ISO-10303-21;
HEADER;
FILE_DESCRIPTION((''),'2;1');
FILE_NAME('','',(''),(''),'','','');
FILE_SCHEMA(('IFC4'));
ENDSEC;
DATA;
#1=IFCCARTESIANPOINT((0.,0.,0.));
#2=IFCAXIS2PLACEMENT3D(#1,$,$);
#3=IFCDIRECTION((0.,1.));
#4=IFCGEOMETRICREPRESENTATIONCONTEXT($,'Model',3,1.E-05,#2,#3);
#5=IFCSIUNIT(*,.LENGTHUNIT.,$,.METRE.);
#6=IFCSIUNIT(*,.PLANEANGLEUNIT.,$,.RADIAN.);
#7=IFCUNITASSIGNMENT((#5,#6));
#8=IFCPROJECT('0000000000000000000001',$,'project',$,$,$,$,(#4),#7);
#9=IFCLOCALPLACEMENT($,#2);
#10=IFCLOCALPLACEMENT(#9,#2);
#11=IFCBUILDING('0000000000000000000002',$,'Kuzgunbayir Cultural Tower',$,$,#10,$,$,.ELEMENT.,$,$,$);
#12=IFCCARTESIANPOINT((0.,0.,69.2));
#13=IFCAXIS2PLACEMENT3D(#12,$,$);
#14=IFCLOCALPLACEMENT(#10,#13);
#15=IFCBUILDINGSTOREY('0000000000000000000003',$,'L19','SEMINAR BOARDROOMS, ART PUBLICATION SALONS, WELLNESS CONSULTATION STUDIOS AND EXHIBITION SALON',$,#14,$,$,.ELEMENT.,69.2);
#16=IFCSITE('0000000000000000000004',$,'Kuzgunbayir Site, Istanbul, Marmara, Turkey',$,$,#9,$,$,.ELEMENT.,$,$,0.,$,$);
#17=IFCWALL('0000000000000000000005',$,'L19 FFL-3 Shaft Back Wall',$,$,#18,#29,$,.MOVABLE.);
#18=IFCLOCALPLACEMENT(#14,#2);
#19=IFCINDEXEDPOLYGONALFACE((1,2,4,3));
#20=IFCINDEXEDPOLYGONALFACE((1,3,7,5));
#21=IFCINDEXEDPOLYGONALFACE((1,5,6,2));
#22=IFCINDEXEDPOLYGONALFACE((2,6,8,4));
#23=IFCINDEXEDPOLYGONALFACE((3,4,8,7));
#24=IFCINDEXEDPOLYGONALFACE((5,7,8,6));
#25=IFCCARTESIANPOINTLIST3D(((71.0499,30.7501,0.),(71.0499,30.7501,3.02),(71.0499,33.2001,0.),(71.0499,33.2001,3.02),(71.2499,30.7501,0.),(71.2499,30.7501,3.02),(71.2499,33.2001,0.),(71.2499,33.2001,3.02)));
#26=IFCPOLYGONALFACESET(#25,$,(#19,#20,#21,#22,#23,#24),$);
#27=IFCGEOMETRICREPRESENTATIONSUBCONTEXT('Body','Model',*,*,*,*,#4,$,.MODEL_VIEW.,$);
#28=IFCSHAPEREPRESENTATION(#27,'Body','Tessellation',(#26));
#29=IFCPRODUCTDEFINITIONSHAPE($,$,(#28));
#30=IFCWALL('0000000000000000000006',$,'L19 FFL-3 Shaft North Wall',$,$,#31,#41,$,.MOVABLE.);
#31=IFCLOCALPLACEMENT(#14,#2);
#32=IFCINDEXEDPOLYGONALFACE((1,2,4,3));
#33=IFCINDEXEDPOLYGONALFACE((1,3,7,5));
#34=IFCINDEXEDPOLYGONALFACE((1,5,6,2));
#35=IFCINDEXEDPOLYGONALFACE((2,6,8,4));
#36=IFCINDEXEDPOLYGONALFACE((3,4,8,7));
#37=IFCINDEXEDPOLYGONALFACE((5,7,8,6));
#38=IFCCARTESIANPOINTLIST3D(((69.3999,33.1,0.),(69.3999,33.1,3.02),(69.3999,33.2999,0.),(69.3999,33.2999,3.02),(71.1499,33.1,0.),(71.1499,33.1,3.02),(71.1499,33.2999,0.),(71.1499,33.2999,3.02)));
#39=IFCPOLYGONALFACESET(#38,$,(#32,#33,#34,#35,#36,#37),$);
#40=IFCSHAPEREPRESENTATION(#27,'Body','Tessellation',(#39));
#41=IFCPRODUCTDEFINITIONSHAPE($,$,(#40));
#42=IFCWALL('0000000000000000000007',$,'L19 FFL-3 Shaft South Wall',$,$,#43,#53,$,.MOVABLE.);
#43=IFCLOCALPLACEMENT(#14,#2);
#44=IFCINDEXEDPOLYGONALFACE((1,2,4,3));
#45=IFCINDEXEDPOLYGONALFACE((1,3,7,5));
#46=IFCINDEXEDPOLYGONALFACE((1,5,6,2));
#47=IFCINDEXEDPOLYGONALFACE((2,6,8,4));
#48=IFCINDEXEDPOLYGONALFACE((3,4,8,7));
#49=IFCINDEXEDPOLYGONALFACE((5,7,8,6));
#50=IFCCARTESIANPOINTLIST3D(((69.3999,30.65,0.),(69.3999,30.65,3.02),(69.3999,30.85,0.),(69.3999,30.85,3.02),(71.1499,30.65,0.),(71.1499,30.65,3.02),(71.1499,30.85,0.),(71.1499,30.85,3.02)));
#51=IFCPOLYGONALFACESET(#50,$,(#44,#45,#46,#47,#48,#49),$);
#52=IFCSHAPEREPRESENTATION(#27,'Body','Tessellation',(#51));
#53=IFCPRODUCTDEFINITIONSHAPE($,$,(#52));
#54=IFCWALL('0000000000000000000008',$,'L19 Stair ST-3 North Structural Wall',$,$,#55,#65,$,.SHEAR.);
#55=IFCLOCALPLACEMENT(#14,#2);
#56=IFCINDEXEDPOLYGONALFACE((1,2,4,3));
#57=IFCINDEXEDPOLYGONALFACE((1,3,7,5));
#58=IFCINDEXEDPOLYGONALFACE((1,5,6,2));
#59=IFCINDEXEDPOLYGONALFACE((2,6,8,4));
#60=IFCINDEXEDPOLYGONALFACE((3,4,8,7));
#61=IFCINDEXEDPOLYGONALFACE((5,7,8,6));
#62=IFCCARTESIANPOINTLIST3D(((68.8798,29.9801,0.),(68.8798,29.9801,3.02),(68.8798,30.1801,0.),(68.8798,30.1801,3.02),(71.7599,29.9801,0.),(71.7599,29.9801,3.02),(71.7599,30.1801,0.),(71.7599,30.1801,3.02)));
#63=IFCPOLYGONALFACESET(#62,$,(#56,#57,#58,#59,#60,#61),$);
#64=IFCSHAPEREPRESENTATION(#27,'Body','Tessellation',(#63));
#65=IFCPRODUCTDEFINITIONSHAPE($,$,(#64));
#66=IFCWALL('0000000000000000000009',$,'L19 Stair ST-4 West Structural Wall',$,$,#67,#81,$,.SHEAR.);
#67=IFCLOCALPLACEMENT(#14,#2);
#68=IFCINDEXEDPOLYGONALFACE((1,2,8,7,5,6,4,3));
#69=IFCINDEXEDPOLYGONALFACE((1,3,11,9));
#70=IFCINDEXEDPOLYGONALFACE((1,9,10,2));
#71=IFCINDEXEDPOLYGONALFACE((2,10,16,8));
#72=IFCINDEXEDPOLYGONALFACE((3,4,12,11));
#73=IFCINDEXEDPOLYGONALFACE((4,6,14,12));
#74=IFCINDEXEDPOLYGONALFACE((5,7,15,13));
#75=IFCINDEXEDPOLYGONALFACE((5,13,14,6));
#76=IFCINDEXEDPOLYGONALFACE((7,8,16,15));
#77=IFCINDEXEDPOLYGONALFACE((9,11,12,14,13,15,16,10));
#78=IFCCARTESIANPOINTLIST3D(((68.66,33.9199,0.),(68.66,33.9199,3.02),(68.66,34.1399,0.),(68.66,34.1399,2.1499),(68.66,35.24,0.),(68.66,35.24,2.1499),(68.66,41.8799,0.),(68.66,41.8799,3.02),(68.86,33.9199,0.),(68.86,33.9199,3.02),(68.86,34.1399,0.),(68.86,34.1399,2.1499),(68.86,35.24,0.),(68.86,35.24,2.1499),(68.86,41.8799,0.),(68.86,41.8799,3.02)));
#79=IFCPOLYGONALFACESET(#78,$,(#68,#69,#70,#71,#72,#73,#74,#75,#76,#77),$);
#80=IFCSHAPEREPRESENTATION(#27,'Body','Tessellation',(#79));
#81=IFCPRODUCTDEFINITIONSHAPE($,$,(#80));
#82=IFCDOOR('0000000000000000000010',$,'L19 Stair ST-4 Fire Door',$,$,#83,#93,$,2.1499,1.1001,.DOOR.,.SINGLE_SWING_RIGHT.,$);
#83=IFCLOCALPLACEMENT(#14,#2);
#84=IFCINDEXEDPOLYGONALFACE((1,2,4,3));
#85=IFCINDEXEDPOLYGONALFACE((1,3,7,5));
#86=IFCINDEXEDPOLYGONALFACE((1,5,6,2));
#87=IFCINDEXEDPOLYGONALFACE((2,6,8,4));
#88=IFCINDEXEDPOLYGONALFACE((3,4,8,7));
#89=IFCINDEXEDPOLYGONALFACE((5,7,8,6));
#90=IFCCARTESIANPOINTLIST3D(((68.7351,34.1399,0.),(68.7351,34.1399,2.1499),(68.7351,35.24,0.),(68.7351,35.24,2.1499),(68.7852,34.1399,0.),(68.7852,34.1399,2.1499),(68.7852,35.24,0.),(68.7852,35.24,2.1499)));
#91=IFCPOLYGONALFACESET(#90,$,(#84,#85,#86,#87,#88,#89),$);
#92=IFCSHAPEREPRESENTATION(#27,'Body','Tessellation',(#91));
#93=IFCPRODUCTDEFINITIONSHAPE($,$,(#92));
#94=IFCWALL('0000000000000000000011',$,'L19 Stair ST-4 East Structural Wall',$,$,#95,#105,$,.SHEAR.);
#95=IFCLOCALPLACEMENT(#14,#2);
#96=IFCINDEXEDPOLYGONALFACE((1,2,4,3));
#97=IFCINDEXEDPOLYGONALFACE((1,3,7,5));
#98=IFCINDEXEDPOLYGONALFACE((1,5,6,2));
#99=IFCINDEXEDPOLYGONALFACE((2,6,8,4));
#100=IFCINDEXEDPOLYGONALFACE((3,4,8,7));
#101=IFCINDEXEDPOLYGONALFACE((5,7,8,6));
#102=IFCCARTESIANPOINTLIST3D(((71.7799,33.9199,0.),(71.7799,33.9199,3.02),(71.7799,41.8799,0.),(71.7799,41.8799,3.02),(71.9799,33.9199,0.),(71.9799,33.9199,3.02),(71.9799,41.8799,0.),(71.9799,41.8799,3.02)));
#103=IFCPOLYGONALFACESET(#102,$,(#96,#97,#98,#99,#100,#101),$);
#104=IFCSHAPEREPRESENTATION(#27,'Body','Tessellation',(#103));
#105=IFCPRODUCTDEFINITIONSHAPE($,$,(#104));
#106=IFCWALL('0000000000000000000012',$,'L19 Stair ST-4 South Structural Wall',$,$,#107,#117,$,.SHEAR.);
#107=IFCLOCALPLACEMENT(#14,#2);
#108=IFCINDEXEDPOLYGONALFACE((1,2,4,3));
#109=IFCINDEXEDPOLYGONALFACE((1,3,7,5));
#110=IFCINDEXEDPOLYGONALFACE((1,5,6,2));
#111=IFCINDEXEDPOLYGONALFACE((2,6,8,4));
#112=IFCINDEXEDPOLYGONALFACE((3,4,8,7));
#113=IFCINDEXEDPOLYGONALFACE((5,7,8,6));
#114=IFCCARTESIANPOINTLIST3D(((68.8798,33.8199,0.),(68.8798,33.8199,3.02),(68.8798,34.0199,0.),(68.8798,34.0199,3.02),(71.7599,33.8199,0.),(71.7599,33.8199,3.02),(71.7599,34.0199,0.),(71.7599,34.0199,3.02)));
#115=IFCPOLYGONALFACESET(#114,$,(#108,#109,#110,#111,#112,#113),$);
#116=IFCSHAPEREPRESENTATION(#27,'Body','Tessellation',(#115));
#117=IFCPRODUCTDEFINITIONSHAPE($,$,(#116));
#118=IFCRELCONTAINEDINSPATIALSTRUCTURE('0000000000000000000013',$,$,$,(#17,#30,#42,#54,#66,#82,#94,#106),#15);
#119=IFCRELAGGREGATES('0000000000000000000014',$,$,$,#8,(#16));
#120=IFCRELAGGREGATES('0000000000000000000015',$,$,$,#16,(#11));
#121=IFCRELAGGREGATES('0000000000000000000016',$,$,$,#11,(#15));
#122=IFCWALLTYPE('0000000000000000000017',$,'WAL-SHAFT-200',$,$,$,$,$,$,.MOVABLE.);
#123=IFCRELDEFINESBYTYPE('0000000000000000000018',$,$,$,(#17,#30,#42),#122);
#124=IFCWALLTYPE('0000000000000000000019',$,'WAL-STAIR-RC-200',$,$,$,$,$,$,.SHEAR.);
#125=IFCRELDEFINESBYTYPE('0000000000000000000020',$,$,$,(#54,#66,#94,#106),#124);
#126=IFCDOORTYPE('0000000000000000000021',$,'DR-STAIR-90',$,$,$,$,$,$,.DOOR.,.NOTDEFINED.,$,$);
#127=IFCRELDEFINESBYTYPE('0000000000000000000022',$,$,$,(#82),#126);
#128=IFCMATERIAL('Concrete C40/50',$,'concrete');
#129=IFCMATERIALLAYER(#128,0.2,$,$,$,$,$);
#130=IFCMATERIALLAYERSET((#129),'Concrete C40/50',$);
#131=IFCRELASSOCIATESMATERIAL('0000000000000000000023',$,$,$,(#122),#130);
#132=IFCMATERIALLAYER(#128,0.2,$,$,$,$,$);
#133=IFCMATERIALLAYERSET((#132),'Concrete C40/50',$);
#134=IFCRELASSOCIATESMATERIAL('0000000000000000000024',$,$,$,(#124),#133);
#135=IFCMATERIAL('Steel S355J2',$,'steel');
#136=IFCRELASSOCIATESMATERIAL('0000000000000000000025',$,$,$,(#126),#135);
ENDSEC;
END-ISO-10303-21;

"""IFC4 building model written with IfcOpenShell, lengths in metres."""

from ifc_helpers import new_model, si_unit, direction, frame, frame_2d, origin, place, context, subcontext, project, spatial, rectangle, extrude, material, layer, layer_set, type_object, element, fill, save


model = new_model("IFC4")

# Units and contexts
model_context = context("Model", 3, precision=1e-05, world=origin(), true_north=direction((0.0, 1.0)))
body_context = subcontext(model_context, "Body", "Model", "MODEL_VIEW")
ifc_project = project(units=[si_unit("LENGTHUNIT", "METRE"), si_unit("PLANEANGLEUNIT", "RADIAN")], contexts=[model_context])

# Site, building, storey
site_placement = place(None, origin())
site = spatial("IfcSite", under=ifc_project, at=site_placement, Name="Kuzgunbayir Site, Istanbul, Marmara, Turkey", CompositionType="ELEMENT", RefElevation=0.0)
building_placement = place(site_placement, origin())
building = spatial("IfcBuilding", under=site, at=building_placement, Name="Kuzgunbayir Cultural Tower", CompositionType="ELEMENT")
storey_placement = place(building_placement, frame((0.0, 0.0, 69.2)))
storey = spatial("IfcBuildingStorey", under=building, at=storey_placement, Name="L19", Description="SEMINAR BOARDROOMS, ART PUBLICATION SALONS, WELLNESS CONSULTATION STUDIOS AND EXHIBITION SALON", CompositionType="ELEMENT", Elevation=69.2)

# Shared definitions
ifc_material_1 = material(Name="Steel S355J2", Category="steel")

# Shared definitions
ifc_material_2 = material(Name="Concrete C40/50", Category="concrete")
ifc_layer_1 = layer(ifc_material_2, 0.2)
ifc_layer_set_1 = layer_set([ifc_layer_1], Name="Concrete C40/50")
wall_type_1 = type_object("IfcWallType", Name="WAL-SHAFT-200", PredefinedType="MOVABLE", material=ifc_layer_set_1)

# Walls
wall_1_placement = place(storey_placement, frame((71.1499, 30.75, 0.0), z_axis=(0.0, 0.0, 1.0), x_axis=(0.0, 1.0, 0.0)))
element("IfcWall", 1, at=wall_1_placement, inside=storey, type_object=wall_type_1, Name="L19 FFL-3 Shaft Back Wall", PredefinedType="MOVABLE", context=body_context, shape_type="SweptSolid", body=[
    extrude(rectangle(XDim=2.45, YDim=0.2, at=frame_2d((1.2251, 0.0))), origin(), (0.0, 0.0, 1.0), 3.02),
])
for number, where, z_axis, x_axis, name in (
    (2, (69.3999, 33.2, 0.0), (0.0, 0.0, 1.0), (1.0, 0.0, 0.0), "L19 FFL-3 Shaft North Wall"),
    (3, (69.3999, 30.75, 0.0), (0.0, 0.0, 1.0), (1.0, 0.0, 0.0), "L19 FFL-3 Shaft South Wall"),
):
    element("IfcWall", number, at=place(storey_placement, frame(where, z_axis=z_axis, x_axis=x_axis)), inside=storey, type_object=wall_type_1, Name=name, PredefinedType="MOVABLE", context=body_context, shape_type="SweptSolid", body=[
        extrude(rectangle(XDim=1.75, YDim=0.2, at=frame_2d((0.875, 0.0))), origin(), (0.0, 0.0, 1.0), 3.02),
    ])
ifc_layer_2 = layer(ifc_material_2, 0.2)
ifc_layer_set_2 = layer_set([ifc_layer_2], Name="Concrete C40/50")
wall_type_2 = type_object("IfcWallType", Name="WAL-STAIR-RC-200", PredefinedType="SHEAR", material=ifc_layer_set_2)
wall_2_placement = place(storey_placement, frame((68.8799, 30.0801, 0.0), z_axis=(0.0, 0.0, 1.0), x_axis=(1.0, 0.0, 0.0)))
element("IfcWall", 4, at=wall_2_placement, inside=storey, type_object=wall_type_2, Name="L19 Stair ST-3 North Structural Wall", PredefinedType="SHEAR", context=body_context, shape_type="SweptSolid", body=[
    extrude(rectangle(XDim=2.8801, YDim=0.2, at=frame_2d((1.4399, 0.0))), origin(), (0.0, 0.0, 1.0), 3.02),
])

# Wall, opening, door
wall_3_placement = place(storey_placement, frame((68.76, 33.9199, 0.0), z_axis=(0.0, 0.0, 1.0), x_axis=(0.0, 1.0, 0.0)))
wall_3 = element("IfcWall", 5, at=wall_3_placement, inside=storey, type_object=wall_type_2, Name="L19 Stair ST-4 West Structural Wall", PredefinedType="SHEAR", context=body_context, shape_type="SweptSolid", body=[
    extrude(rectangle(XDim=7.96, YDim=0.2, at=frame_2d((3.98, 0.0))), origin(), (0.0, 0.0, 1.0), 3.02),
])
opening_1_placement = place(wall_3_placement, frame((0.22, 0.0, 0.0)))
opening_1 = element("IfcOpeningElement", 6, at=opening_1_placement, cuts=wall_3, PredefinedType="OPENING", context=body_context, shape_type="SweptSolid", body=[
    extrude(rectangle(XDim=1.1001, YDim=2.1499, at=frame_2d((0.55, 1.075))), frame((0.0, 0.1099, 0.0), z_axis=(0.0, -1.0, 0.0), x_axis=(1.0, 0.0, 0.0)), (0.0, 0.0, 1.0), 0.22),
])
door_type_1 = type_object("IfcDoorType", Name="DR-STAIR-90", OperationType="NOTDEFINED", PredefinedType="DOOR", material=ifc_material_1)
door_1_placement = place(opening_1_placement, origin())
door_1 = element("IfcDoor", 7, at=door_1_placement, inside=storey, type_object=door_type_1, Name="L19 Stair ST-4 Fire Door", OperationType="SINGLE_SWING_RIGHT", OverallHeight=2.1499, OverallWidth=1.1001, PredefinedType="DOOR", context=body_context, shape_type="SweptSolid", body=[
    extrude(rectangle(XDim=1.1001, YDim=2.1499, at=frame_2d((0.55, 1.075))), frame((0.0, 0.0249, 0.0), z_axis=(0.0, -1.0, 0.0), x_axis=(1.0, 0.0, 0.0)), (0.0, 0.0, 1.0), 0.05),
])
fill(opening_1, door_1)

# Walls
wall_4_placement = place(storey_placement, frame((71.8799, 33.9199, 0.0), z_axis=(0.0, 0.0, 1.0), x_axis=(0.0, 1.0, 0.0)))
element("IfcWall", 8, at=wall_4_placement, inside=storey, type_object=wall_type_2, Name="L19 Stair ST-4 East Structural Wall", PredefinedType="SHEAR", context=body_context, shape_type="SweptSolid", body=[
    extrude(rectangle(XDim=7.96, YDim=0.2, at=frame_2d((3.98, 0.0))), origin(), (0.0, 0.0, 1.0), 3.02),
])
wall_5_placement = place(storey_placement, frame((68.8799, 33.9199, 0.0), z_axis=(0.0, 0.0, 1.0), x_axis=(1.0, 0.0, 0.0)))
element("IfcWall", 9, at=wall_5_placement, inside=storey, type_object=wall_type_2, Name="L19 Stair ST-4 South Structural Wall", PredefinedType="SHEAR", context=body_context, shape_type="SweptSolid", body=[
    extrude(rectangle(XDim=2.8801, YDim=0.2, at=frame_2d((1.4399, 0.0))), origin(), (0.0, 0.0, 1.0), 3.02),
])

save(model, "model.ifc")
